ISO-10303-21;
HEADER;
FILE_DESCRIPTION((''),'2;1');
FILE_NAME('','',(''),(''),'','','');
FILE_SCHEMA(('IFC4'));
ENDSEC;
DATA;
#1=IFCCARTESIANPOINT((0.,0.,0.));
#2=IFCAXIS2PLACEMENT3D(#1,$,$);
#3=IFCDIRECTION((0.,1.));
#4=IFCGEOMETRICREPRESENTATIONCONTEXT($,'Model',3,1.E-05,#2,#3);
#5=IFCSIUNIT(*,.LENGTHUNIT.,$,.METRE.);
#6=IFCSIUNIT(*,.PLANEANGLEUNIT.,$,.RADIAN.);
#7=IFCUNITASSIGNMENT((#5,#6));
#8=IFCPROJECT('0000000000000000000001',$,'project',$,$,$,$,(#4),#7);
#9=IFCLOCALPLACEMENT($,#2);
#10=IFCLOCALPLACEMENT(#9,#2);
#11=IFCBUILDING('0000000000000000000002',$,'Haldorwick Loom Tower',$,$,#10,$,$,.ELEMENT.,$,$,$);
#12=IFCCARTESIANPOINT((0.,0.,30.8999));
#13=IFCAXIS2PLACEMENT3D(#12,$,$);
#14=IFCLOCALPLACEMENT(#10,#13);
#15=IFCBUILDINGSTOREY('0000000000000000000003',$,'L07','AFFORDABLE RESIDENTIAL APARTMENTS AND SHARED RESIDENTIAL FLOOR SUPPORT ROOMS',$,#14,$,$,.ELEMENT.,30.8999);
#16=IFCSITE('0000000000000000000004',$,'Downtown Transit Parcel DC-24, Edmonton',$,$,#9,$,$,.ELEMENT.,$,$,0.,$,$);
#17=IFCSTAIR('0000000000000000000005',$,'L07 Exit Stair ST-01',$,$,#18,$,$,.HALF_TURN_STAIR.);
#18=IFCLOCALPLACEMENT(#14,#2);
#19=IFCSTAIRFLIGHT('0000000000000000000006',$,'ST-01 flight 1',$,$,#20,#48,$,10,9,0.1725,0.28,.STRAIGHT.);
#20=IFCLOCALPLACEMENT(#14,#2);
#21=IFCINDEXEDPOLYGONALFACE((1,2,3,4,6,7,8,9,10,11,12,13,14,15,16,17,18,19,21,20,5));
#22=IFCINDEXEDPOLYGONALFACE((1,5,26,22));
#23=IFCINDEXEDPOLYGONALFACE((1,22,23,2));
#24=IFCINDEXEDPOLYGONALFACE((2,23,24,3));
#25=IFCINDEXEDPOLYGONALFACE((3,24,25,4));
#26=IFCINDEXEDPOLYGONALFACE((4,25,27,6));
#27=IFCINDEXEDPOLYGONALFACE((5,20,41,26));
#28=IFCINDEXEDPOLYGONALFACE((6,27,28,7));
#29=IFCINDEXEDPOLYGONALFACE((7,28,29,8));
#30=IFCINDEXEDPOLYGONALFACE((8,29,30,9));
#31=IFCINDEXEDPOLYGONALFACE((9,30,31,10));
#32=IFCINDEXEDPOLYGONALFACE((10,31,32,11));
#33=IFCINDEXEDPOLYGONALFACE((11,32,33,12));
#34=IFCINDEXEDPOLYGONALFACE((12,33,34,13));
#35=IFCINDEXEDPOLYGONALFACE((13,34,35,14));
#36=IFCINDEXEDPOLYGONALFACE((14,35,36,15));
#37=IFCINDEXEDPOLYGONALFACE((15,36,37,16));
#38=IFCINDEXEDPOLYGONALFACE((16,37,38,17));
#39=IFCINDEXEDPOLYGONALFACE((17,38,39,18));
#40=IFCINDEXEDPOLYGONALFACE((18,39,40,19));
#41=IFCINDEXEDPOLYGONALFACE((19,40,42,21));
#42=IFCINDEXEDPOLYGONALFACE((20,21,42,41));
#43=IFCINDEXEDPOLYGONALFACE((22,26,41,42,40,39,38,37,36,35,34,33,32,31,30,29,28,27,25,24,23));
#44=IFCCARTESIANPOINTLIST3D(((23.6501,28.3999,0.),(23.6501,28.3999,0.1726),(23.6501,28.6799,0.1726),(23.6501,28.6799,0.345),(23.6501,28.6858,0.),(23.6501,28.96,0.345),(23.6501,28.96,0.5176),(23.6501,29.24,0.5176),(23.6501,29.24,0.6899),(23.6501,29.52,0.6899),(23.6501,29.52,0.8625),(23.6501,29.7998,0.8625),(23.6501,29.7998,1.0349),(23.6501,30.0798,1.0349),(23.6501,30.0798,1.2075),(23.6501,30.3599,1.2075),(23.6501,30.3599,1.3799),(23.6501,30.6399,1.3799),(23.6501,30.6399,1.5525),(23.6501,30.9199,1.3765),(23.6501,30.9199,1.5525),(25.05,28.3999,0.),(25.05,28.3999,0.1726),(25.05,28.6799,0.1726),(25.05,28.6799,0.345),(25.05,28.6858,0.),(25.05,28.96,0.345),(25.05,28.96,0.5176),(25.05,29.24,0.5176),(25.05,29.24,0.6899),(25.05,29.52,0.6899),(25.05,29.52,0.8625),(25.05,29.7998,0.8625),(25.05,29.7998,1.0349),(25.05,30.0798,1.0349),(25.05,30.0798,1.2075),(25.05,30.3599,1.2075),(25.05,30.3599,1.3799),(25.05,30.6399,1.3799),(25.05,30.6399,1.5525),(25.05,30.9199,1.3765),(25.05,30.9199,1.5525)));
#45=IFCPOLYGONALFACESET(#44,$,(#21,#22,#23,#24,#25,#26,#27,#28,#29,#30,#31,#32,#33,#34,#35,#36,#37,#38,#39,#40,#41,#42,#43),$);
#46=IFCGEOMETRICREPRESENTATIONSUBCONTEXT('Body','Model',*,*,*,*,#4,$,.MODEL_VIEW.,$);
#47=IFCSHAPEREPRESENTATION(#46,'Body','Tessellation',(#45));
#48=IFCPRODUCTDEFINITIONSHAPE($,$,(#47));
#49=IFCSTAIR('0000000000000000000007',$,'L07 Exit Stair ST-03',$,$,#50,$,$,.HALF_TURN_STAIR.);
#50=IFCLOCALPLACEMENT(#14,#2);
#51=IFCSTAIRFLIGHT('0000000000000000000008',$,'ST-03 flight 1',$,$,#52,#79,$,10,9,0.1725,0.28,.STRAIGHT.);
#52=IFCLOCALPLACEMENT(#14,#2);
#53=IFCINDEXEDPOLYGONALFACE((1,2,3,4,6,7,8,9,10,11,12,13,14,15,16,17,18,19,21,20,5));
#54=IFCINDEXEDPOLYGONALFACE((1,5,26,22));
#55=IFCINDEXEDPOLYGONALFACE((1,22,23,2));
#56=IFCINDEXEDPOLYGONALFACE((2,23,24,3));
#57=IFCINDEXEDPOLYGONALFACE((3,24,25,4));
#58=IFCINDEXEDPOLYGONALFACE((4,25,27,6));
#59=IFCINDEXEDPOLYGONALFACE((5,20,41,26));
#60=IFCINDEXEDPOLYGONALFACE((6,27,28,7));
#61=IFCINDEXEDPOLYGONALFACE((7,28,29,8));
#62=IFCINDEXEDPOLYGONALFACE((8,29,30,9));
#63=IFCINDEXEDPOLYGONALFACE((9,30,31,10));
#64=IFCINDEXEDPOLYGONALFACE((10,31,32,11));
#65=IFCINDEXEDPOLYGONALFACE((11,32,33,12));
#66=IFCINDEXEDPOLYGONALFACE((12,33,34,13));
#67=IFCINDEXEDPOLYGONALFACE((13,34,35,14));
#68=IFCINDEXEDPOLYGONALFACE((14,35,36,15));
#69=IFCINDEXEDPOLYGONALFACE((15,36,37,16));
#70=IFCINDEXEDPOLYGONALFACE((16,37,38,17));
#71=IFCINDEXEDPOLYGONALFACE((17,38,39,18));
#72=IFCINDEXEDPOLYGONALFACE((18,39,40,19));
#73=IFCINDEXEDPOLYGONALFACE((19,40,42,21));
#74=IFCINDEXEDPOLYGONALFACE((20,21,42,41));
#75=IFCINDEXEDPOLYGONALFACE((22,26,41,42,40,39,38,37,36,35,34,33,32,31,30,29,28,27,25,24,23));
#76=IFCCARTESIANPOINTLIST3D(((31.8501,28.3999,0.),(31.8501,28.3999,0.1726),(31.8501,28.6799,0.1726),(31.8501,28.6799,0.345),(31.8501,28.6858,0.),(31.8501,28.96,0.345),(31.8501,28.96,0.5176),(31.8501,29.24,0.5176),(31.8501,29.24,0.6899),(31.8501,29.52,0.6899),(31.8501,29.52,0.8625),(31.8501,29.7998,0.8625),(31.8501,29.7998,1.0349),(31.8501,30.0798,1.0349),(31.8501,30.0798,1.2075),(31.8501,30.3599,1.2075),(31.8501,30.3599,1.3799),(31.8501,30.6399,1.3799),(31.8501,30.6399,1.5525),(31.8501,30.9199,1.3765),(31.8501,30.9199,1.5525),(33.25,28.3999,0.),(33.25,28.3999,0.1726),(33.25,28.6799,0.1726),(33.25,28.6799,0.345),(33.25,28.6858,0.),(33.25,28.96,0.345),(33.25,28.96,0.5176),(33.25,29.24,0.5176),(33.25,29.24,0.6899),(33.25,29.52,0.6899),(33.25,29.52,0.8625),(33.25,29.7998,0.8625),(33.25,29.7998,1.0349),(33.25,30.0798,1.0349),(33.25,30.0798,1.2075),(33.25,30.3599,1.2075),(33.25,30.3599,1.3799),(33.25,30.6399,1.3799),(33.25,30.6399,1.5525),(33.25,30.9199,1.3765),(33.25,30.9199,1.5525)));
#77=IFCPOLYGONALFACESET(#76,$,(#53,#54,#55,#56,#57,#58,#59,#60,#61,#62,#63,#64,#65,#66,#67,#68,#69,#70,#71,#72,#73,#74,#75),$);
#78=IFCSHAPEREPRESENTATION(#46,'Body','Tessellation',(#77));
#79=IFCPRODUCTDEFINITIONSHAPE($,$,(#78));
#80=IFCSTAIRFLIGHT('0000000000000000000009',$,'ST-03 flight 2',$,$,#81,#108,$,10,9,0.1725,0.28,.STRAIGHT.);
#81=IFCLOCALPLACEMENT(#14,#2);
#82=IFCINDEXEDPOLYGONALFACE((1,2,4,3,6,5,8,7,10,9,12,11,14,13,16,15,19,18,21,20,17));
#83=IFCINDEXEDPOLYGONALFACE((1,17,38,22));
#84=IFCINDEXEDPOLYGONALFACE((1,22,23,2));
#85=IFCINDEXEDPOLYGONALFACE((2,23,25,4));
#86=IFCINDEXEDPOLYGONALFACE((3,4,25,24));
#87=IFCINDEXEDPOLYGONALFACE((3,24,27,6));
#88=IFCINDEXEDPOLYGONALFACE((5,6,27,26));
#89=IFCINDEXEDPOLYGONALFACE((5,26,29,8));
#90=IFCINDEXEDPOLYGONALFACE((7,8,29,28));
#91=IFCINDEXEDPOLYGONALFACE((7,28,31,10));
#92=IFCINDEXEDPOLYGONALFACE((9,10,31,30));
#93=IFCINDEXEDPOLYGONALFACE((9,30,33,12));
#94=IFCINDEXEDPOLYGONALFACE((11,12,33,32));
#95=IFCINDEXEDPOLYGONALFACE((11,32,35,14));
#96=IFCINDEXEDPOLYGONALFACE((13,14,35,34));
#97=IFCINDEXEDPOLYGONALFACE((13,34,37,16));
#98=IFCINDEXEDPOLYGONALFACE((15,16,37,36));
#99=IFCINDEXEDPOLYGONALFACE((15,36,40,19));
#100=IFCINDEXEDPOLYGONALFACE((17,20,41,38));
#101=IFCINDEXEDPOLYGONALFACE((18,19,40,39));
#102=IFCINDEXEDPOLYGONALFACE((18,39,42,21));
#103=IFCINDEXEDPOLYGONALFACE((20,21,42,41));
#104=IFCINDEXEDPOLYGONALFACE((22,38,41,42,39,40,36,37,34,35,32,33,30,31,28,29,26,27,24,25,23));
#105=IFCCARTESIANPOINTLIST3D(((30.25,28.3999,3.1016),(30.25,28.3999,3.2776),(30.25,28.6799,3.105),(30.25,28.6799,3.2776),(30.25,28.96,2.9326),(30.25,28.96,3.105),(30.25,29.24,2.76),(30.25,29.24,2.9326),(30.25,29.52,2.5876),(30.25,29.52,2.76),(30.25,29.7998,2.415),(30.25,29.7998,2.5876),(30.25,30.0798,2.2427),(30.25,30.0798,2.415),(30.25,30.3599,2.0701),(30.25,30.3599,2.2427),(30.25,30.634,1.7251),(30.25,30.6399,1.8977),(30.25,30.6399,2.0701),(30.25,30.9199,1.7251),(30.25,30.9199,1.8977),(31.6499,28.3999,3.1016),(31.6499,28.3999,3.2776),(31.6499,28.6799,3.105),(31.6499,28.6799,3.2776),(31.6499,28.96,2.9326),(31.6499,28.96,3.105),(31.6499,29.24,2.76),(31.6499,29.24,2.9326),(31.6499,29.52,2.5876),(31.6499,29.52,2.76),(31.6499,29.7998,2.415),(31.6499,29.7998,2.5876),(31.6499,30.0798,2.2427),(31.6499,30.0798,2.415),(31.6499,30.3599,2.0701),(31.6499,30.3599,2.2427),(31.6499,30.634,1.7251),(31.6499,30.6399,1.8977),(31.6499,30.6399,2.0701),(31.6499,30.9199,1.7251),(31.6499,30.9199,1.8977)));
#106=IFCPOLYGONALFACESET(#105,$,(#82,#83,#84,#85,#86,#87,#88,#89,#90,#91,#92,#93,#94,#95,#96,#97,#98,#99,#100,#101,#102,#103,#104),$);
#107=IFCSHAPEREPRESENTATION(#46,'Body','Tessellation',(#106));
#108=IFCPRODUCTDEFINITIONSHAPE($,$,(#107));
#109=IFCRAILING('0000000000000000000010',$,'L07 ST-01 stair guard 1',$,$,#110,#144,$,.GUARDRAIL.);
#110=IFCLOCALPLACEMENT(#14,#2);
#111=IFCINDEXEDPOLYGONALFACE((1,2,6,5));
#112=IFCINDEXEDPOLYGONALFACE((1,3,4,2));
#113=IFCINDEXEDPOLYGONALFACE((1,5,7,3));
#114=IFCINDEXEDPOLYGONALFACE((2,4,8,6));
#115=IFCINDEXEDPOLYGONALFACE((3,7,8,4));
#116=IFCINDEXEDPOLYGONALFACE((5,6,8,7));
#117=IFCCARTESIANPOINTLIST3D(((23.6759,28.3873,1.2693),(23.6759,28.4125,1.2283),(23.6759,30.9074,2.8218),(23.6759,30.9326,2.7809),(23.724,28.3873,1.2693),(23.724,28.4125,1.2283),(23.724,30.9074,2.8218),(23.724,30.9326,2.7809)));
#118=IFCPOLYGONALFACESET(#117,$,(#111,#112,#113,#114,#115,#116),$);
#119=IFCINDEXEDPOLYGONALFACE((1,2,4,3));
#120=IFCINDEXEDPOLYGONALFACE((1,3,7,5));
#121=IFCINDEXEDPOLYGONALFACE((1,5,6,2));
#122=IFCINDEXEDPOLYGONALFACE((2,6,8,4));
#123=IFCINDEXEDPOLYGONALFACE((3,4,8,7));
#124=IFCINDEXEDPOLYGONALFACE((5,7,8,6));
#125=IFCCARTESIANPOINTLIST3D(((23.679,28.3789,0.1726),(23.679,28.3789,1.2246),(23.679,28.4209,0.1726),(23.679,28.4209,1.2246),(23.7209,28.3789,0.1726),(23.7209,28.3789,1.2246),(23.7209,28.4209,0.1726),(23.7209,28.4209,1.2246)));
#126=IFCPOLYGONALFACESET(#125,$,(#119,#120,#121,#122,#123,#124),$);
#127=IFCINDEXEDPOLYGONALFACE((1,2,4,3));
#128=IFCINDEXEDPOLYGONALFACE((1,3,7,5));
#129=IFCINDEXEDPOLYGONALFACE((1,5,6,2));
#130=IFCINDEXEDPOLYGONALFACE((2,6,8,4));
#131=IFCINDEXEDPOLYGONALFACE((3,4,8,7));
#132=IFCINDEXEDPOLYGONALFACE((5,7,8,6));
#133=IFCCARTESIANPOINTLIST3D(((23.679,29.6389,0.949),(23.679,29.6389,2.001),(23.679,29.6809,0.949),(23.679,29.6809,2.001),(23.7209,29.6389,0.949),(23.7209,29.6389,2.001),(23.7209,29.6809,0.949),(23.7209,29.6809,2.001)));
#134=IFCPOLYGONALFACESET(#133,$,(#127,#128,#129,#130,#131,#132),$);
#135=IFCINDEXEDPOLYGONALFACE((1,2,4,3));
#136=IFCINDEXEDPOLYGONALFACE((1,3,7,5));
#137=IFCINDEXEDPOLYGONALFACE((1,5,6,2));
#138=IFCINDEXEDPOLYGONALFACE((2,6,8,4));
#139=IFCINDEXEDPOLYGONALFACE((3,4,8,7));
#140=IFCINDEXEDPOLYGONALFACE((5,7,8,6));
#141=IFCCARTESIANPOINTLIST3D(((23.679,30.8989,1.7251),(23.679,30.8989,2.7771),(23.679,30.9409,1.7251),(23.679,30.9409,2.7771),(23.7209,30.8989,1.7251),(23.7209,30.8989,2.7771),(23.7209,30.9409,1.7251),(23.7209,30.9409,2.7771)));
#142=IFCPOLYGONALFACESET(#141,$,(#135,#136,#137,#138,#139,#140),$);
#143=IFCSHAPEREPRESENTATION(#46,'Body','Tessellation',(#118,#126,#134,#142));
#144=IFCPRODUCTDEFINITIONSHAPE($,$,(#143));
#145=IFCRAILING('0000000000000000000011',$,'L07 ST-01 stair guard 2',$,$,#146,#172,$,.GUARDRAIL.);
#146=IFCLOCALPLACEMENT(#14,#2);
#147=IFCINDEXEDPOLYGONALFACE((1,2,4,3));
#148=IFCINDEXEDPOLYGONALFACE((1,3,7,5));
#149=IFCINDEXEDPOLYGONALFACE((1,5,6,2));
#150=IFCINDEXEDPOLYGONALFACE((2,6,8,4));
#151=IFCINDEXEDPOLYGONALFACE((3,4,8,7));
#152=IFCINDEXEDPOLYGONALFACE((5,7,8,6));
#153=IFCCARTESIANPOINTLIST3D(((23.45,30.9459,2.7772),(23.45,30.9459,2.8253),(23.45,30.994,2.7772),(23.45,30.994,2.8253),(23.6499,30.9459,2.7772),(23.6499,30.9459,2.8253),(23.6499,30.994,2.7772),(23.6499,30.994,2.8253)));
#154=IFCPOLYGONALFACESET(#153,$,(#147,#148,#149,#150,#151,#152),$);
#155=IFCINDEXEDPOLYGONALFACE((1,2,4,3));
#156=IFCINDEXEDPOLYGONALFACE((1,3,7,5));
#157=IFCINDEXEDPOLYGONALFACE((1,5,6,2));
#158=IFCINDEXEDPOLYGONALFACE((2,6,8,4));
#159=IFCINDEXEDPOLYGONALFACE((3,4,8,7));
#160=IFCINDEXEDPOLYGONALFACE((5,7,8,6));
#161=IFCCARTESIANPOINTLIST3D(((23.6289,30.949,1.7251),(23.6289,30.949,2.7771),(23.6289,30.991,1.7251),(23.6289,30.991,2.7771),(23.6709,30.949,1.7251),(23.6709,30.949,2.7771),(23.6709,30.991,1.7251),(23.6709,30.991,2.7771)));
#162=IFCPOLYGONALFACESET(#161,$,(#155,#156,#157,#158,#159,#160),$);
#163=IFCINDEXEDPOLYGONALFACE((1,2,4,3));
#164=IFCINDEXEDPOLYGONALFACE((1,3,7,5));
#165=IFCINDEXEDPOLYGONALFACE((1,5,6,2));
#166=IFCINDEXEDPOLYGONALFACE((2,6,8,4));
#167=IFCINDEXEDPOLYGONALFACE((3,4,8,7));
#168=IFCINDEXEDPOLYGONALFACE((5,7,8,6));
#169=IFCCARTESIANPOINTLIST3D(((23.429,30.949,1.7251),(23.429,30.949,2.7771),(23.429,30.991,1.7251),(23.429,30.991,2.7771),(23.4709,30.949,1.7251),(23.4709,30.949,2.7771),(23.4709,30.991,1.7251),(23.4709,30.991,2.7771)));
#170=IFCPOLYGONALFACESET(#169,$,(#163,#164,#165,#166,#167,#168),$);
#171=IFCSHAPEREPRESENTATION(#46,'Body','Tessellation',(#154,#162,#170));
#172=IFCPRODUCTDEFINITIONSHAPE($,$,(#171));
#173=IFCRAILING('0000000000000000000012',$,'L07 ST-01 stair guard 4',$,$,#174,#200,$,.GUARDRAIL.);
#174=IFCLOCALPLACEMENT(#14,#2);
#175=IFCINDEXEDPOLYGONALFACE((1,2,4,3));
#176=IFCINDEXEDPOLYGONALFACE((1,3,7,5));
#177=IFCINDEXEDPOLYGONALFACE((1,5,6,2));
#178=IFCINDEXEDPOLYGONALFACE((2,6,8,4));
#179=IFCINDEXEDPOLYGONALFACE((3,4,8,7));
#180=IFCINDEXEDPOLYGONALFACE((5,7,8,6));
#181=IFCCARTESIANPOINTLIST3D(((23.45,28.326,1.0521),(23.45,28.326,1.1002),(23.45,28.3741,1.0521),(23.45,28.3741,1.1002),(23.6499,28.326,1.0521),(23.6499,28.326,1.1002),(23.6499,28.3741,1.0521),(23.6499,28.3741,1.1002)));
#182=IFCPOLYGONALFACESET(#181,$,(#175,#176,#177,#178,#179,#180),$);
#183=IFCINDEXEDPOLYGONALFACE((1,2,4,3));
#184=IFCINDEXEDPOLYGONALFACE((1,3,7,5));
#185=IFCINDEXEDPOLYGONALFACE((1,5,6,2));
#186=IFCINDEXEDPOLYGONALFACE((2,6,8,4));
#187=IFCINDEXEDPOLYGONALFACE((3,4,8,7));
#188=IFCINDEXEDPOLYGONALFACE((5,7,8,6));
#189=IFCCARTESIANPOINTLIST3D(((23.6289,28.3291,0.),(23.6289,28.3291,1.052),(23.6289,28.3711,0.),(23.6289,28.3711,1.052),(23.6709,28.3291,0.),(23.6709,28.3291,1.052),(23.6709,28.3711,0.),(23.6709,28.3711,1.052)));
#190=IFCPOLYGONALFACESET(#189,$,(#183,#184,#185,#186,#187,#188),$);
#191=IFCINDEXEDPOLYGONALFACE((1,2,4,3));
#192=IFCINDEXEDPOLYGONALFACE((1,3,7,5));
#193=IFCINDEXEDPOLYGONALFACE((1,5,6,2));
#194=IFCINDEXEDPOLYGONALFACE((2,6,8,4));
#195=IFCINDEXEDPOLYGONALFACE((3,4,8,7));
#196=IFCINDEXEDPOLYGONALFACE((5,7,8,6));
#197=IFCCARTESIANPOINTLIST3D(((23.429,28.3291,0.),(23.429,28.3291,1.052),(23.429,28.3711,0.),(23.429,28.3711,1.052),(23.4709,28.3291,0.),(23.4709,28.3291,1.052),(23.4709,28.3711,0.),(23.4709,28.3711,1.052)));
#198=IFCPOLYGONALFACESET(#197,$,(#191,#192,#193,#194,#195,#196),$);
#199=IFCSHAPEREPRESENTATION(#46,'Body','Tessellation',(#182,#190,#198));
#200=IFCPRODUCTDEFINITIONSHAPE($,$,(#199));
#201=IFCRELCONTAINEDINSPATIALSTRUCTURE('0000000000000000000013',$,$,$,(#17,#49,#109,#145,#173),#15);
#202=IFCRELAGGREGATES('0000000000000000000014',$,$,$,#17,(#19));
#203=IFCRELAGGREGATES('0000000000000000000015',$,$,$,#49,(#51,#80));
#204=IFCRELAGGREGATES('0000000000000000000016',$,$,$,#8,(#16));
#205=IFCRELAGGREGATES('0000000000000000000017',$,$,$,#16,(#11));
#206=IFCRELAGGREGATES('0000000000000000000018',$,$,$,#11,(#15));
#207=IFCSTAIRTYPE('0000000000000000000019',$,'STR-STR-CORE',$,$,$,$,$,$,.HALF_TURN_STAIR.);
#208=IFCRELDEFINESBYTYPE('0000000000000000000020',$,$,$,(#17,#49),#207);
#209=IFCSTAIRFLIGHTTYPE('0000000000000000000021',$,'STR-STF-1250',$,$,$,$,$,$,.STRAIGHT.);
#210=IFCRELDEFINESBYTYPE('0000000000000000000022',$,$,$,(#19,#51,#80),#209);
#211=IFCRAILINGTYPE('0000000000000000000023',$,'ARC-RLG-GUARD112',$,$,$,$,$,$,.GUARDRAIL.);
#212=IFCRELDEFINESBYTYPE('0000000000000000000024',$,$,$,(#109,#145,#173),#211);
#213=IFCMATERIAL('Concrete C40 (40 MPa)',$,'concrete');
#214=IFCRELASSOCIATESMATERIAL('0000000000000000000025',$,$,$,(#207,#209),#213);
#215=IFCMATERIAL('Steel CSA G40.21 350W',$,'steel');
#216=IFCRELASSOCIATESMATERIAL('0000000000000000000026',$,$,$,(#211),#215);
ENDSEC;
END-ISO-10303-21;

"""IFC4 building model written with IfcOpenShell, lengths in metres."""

from ifc_helpers import new_model, si_unit, direction, frame, origin, origin_2d, place, context, subcontext, project, spatial, polyline, rectangle, outline, extrude, material, type_object, element, aggregate, save


model = new_model("IFC4")

# Units and contexts
model_context = context("Model", 3, precision=1e-05, world=origin(), true_north=direction((0.0, 1.0)))
body_context = subcontext(model_context, "Body", "Model", "MODEL_VIEW")
ifc_project = project(units=[si_unit("LENGTHUNIT", "METRE"), si_unit("PLANEANGLEUNIT", "RADIAN")], contexts=[model_context])

# Site, building, storey
site_placement = place(None, origin())
site = spatial("IfcSite", under=ifc_project, at=site_placement, Name="Downtown Transit Parcel DC-24, Edmonton", CompositionType="ELEMENT", RefElevation=0.0)
building_placement = place(site_placement, origin())
building = spatial("IfcBuilding", under=site, at=building_placement, Name="Haldorwick Loom Tower", CompositionType="ELEMENT")
storey_placement = place(building_placement, frame((0.0, 0.0, 30.8999)))
storey = spatial("IfcBuildingStorey", under=building, at=storey_placement, Name="L07", Description="AFFORDABLE RESIDENTIAL APARTMENTS AND SHARED RESIDENTIAL FLOOR SUPPORT ROOMS", CompositionType="ELEMENT", Elevation=30.8999)

# Shared definitions
ifc_material_1 = material(Name="Steel CSA G40.21 350W", Category="steel")

# Stair, stair flight
ifc_material_2 = material(Name="Concrete C40 (40 MPa)", Category="concrete")
stair_type = type_object("IfcStairType", Name="STR-STR-CORE", PredefinedType="HALF_TURN_STAIR", material=ifc_material_2)
stair_1_placement = place(storey_placement, origin())
stair_1 = element("IfcStair", 1, at=stair_1_placement, inside=storey, type_object=stair_type, Name="L07 Exit Stair ST-01", PredefinedType="HALF_TURN_STAIR")
stair_flight_type = type_object("IfcStairFlightType", Name="STR-STF-1250", PredefinedType="STRAIGHT", material=ifc_material_2)
stair_flight_1_placement = place(storey_placement, frame((24.3501, 28.3999, 0.0), z_axis=(0.0, 0.0, 1.0), x_axis=(0.0, 1.0, 0.0)))
stair_flight_1 = element("IfcStairFlight", 2, at=stair_flight_1_placement, type_object=stair_flight_type, Name="ST-01 flight 1", NumberOfRisers=10, NumberOfTreads=9, PredefinedType="STRAIGHT", RiserHeight=0.1725, TreadLength=0.28, context=body_context, shape_type="SweptSolid", body=[
    extrude(outline(polyline([(0.0, 0.0), (0.0, 0.1726), (0.28, 0.1726), (0.28, 0.345), (0.5601, 0.345), (0.5601, 0.5176), (0.8401, 0.5176), (0.8401, 0.6899), (1.1201, 0.6899), (1.1201, 0.8625), (1.3999, 0.8625), (1.3999, 1.0349), (1.6799, 1.0349), (1.6799, 1.2075), (1.96, 1.2075), (1.96, 1.3799), (2.24, 1.3799), (2.24, 1.5525), (2.52, 1.5525), (2.52, 1.7251), (2.52, 1.3765), (0.2859, 0.0), (0.0, 0.0)])), frame((0.0, 0.7, 0.0), z_axis=(0.0, -1.0, 0.0), x_axis=(1.0, 0.0, 0.0)), (0.0, 0.0, 1.0), 1.3999),
])
aggregate(stair_1, [stair_flight_1])

# Stair, stair flights
stair_2_placement = place(storey_placement, origin())
stair_2 = element("IfcStair", 3, at=stair_2_placement, inside=storey, type_object=stair_type, Name="L07 Exit Stair ST-03", PredefinedType="HALF_TURN_STAIR")
stair_flight_2_placement = place(storey_placement, frame((32.55, 28.3999, 0.0), z_axis=(0.0, 0.0, 1.0), x_axis=(0.0, 1.0, 0.0)))
stair_flight_2 = element("IfcStairFlight", 4, at=stair_flight_2_placement, type_object=stair_flight_type, Name="ST-03 flight 1", NumberOfRisers=10, NumberOfTreads=9, PredefinedType="STRAIGHT", RiserHeight=0.1725, TreadLength=0.28, context=body_context, shape_type="SweptSolid", body=[
    extrude(outline(polyline([(0.0, 0.0), (0.0, 0.1726), (0.28, 0.1726), (0.28, 0.345), (0.5601, 0.345), (0.5601, 0.5176), (0.8401, 0.5176), (0.8401, 0.6899), (1.1201, 0.6899), (1.1201, 0.8625), (1.3999, 0.8625), (1.3999, 1.0349), (1.6799, 1.0349), (1.6799, 1.2075), (1.96, 1.2075), (1.96, 1.3799), (2.24, 1.3799), (2.24, 1.5525), (2.52, 1.5525), (2.52, 1.7251), (2.52, 1.3765), (0.2859, 0.0), (0.0, 0.0)])), frame((0.0, 0.7, 0.0), z_axis=(0.0, -1.0, 0.0), x_axis=(1.0, 0.0, 0.0)), (0.0, 0.0, 1.0), 1.3999),
])
stair_flight_3_placement = place(storey_placement, frame((30.95, 30.9199, 1.7251), z_axis=(0.0, 0.0, 1.0), x_axis=(0.0, -1.0, 0.0)))
stair_flight_3 = element("IfcStairFlight", 5, at=stair_flight_3_placement, type_object=stair_flight_type, Name="ST-03 flight 2", NumberOfRisers=10, NumberOfTreads=9, PredefinedType="STRAIGHT", RiserHeight=0.1725, TreadLength=0.28, context=body_context, shape_type="SweptSolid", body=[
    extrude(outline(polyline([(0.0, 0.0), (0.0, 0.1726), (0.28, 0.1726), (0.28, 0.345), (0.5601, 0.345), (0.5601, 0.5176), (0.8401, 0.5176), (0.8401, 0.6899), (1.1201, 0.6899), (1.1201, 0.8625), (1.3999, 0.8625), (1.3999, 1.0349), (1.6799, 1.0349), (1.6799, 1.2075), (1.96, 1.2075), (1.96, 1.3799), (2.24, 1.3799), (2.24, 1.5525), (2.52, 1.5525), (2.52, 1.7251), (2.52, 1.3765), (0.2859, 0.0), (0.0, 0.0)])), frame((0.0, 0.7, 0.0), z_axis=(0.0, -1.0, 0.0), x_axis=(1.0, 0.0, 0.0)), (0.0, 0.0, 1.0), 1.3999),
])
aggregate(stair_2, [stair_flight_2, stair_flight_3])

# Railings
railing_type_1 = type_object("IfcRailingType", Name="ARC-RLG-GUARD112", PredefinedType="GUARDRAIL", material=ifc_material_1)
railing_1_placement = place(storey_placement, frame((23.7, 28.3999, 0.1726)))
element("IfcRailing", 6, at=railing_1_placement, inside=storey, type_object=railing_type_1, Name="L07 ST-01 stair guard 1", PredefinedType="GUARDRAIL", context=body_context, shape_type="SweptSolid", body=[
    extrude(rectangle(XDim=0.0481, YDim=0.0481, at=origin_2d()), frame((0.0, 0.0, 1.0762), z_axis=(0.0, 0.8514, 0.524516), x_axis=(-1.0, 0.0, 0.0)), (0.0, 0.0, 1.0), 2.96),
    extrude(rectangle(XDim=0.042, YDim=0.042, at=origin_2d()), origin(), (0.0, 0.0, 1.0), 1.052),
    extrude(rectangle(XDim=0.042, YDim=0.042, at=origin_2d()), frame((0.0, 1.26, 0.7764)), (0.0, 0.0, 1.0), 1.052),
    extrude(rectangle(XDim=0.042, YDim=0.042, at=origin_2d()), frame((0.0, 2.52, 1.5525)), (0.0, 0.0, 1.0), 1.052),
])
for number, where, name in (
    (7, (23.6499, 30.97, 1.7251), "L07 ST-01 stair guard 2"),
    (8, (23.6499, 28.3501, 0.0), "L07 ST-01 stair guard 4"),
):
    element("IfcRailing", number, at=place(storey_placement, frame(where)), inside=storey, type_object=railing_type_1, Name=name, PredefinedType="GUARDRAIL", context=body_context, shape_type="SweptSolid", body=[
        extrude(rectangle(XDim=0.0481, YDim=0.0481, at=origin_2d()), frame((0.0, 0.0, 1.0762), z_axis=(-1.0, 0.0, 0.0), x_axis=(0.0, -1.0, 0.0)), (0.0, 0.0, 1.0), 0.2),
        extrude(rectangle(XDim=0.042, YDim=0.042, at=origin_2d()), origin(), (0.0, 0.0, 1.0), 1.052),
        extrude(rectangle(XDim=0.042, YDim=0.042, at=origin_2d()), frame((-0.2, 0.0, 0.0)), (0.0, 0.0, 1.0), 1.052),
    ])

save(model, "model.ifc")
